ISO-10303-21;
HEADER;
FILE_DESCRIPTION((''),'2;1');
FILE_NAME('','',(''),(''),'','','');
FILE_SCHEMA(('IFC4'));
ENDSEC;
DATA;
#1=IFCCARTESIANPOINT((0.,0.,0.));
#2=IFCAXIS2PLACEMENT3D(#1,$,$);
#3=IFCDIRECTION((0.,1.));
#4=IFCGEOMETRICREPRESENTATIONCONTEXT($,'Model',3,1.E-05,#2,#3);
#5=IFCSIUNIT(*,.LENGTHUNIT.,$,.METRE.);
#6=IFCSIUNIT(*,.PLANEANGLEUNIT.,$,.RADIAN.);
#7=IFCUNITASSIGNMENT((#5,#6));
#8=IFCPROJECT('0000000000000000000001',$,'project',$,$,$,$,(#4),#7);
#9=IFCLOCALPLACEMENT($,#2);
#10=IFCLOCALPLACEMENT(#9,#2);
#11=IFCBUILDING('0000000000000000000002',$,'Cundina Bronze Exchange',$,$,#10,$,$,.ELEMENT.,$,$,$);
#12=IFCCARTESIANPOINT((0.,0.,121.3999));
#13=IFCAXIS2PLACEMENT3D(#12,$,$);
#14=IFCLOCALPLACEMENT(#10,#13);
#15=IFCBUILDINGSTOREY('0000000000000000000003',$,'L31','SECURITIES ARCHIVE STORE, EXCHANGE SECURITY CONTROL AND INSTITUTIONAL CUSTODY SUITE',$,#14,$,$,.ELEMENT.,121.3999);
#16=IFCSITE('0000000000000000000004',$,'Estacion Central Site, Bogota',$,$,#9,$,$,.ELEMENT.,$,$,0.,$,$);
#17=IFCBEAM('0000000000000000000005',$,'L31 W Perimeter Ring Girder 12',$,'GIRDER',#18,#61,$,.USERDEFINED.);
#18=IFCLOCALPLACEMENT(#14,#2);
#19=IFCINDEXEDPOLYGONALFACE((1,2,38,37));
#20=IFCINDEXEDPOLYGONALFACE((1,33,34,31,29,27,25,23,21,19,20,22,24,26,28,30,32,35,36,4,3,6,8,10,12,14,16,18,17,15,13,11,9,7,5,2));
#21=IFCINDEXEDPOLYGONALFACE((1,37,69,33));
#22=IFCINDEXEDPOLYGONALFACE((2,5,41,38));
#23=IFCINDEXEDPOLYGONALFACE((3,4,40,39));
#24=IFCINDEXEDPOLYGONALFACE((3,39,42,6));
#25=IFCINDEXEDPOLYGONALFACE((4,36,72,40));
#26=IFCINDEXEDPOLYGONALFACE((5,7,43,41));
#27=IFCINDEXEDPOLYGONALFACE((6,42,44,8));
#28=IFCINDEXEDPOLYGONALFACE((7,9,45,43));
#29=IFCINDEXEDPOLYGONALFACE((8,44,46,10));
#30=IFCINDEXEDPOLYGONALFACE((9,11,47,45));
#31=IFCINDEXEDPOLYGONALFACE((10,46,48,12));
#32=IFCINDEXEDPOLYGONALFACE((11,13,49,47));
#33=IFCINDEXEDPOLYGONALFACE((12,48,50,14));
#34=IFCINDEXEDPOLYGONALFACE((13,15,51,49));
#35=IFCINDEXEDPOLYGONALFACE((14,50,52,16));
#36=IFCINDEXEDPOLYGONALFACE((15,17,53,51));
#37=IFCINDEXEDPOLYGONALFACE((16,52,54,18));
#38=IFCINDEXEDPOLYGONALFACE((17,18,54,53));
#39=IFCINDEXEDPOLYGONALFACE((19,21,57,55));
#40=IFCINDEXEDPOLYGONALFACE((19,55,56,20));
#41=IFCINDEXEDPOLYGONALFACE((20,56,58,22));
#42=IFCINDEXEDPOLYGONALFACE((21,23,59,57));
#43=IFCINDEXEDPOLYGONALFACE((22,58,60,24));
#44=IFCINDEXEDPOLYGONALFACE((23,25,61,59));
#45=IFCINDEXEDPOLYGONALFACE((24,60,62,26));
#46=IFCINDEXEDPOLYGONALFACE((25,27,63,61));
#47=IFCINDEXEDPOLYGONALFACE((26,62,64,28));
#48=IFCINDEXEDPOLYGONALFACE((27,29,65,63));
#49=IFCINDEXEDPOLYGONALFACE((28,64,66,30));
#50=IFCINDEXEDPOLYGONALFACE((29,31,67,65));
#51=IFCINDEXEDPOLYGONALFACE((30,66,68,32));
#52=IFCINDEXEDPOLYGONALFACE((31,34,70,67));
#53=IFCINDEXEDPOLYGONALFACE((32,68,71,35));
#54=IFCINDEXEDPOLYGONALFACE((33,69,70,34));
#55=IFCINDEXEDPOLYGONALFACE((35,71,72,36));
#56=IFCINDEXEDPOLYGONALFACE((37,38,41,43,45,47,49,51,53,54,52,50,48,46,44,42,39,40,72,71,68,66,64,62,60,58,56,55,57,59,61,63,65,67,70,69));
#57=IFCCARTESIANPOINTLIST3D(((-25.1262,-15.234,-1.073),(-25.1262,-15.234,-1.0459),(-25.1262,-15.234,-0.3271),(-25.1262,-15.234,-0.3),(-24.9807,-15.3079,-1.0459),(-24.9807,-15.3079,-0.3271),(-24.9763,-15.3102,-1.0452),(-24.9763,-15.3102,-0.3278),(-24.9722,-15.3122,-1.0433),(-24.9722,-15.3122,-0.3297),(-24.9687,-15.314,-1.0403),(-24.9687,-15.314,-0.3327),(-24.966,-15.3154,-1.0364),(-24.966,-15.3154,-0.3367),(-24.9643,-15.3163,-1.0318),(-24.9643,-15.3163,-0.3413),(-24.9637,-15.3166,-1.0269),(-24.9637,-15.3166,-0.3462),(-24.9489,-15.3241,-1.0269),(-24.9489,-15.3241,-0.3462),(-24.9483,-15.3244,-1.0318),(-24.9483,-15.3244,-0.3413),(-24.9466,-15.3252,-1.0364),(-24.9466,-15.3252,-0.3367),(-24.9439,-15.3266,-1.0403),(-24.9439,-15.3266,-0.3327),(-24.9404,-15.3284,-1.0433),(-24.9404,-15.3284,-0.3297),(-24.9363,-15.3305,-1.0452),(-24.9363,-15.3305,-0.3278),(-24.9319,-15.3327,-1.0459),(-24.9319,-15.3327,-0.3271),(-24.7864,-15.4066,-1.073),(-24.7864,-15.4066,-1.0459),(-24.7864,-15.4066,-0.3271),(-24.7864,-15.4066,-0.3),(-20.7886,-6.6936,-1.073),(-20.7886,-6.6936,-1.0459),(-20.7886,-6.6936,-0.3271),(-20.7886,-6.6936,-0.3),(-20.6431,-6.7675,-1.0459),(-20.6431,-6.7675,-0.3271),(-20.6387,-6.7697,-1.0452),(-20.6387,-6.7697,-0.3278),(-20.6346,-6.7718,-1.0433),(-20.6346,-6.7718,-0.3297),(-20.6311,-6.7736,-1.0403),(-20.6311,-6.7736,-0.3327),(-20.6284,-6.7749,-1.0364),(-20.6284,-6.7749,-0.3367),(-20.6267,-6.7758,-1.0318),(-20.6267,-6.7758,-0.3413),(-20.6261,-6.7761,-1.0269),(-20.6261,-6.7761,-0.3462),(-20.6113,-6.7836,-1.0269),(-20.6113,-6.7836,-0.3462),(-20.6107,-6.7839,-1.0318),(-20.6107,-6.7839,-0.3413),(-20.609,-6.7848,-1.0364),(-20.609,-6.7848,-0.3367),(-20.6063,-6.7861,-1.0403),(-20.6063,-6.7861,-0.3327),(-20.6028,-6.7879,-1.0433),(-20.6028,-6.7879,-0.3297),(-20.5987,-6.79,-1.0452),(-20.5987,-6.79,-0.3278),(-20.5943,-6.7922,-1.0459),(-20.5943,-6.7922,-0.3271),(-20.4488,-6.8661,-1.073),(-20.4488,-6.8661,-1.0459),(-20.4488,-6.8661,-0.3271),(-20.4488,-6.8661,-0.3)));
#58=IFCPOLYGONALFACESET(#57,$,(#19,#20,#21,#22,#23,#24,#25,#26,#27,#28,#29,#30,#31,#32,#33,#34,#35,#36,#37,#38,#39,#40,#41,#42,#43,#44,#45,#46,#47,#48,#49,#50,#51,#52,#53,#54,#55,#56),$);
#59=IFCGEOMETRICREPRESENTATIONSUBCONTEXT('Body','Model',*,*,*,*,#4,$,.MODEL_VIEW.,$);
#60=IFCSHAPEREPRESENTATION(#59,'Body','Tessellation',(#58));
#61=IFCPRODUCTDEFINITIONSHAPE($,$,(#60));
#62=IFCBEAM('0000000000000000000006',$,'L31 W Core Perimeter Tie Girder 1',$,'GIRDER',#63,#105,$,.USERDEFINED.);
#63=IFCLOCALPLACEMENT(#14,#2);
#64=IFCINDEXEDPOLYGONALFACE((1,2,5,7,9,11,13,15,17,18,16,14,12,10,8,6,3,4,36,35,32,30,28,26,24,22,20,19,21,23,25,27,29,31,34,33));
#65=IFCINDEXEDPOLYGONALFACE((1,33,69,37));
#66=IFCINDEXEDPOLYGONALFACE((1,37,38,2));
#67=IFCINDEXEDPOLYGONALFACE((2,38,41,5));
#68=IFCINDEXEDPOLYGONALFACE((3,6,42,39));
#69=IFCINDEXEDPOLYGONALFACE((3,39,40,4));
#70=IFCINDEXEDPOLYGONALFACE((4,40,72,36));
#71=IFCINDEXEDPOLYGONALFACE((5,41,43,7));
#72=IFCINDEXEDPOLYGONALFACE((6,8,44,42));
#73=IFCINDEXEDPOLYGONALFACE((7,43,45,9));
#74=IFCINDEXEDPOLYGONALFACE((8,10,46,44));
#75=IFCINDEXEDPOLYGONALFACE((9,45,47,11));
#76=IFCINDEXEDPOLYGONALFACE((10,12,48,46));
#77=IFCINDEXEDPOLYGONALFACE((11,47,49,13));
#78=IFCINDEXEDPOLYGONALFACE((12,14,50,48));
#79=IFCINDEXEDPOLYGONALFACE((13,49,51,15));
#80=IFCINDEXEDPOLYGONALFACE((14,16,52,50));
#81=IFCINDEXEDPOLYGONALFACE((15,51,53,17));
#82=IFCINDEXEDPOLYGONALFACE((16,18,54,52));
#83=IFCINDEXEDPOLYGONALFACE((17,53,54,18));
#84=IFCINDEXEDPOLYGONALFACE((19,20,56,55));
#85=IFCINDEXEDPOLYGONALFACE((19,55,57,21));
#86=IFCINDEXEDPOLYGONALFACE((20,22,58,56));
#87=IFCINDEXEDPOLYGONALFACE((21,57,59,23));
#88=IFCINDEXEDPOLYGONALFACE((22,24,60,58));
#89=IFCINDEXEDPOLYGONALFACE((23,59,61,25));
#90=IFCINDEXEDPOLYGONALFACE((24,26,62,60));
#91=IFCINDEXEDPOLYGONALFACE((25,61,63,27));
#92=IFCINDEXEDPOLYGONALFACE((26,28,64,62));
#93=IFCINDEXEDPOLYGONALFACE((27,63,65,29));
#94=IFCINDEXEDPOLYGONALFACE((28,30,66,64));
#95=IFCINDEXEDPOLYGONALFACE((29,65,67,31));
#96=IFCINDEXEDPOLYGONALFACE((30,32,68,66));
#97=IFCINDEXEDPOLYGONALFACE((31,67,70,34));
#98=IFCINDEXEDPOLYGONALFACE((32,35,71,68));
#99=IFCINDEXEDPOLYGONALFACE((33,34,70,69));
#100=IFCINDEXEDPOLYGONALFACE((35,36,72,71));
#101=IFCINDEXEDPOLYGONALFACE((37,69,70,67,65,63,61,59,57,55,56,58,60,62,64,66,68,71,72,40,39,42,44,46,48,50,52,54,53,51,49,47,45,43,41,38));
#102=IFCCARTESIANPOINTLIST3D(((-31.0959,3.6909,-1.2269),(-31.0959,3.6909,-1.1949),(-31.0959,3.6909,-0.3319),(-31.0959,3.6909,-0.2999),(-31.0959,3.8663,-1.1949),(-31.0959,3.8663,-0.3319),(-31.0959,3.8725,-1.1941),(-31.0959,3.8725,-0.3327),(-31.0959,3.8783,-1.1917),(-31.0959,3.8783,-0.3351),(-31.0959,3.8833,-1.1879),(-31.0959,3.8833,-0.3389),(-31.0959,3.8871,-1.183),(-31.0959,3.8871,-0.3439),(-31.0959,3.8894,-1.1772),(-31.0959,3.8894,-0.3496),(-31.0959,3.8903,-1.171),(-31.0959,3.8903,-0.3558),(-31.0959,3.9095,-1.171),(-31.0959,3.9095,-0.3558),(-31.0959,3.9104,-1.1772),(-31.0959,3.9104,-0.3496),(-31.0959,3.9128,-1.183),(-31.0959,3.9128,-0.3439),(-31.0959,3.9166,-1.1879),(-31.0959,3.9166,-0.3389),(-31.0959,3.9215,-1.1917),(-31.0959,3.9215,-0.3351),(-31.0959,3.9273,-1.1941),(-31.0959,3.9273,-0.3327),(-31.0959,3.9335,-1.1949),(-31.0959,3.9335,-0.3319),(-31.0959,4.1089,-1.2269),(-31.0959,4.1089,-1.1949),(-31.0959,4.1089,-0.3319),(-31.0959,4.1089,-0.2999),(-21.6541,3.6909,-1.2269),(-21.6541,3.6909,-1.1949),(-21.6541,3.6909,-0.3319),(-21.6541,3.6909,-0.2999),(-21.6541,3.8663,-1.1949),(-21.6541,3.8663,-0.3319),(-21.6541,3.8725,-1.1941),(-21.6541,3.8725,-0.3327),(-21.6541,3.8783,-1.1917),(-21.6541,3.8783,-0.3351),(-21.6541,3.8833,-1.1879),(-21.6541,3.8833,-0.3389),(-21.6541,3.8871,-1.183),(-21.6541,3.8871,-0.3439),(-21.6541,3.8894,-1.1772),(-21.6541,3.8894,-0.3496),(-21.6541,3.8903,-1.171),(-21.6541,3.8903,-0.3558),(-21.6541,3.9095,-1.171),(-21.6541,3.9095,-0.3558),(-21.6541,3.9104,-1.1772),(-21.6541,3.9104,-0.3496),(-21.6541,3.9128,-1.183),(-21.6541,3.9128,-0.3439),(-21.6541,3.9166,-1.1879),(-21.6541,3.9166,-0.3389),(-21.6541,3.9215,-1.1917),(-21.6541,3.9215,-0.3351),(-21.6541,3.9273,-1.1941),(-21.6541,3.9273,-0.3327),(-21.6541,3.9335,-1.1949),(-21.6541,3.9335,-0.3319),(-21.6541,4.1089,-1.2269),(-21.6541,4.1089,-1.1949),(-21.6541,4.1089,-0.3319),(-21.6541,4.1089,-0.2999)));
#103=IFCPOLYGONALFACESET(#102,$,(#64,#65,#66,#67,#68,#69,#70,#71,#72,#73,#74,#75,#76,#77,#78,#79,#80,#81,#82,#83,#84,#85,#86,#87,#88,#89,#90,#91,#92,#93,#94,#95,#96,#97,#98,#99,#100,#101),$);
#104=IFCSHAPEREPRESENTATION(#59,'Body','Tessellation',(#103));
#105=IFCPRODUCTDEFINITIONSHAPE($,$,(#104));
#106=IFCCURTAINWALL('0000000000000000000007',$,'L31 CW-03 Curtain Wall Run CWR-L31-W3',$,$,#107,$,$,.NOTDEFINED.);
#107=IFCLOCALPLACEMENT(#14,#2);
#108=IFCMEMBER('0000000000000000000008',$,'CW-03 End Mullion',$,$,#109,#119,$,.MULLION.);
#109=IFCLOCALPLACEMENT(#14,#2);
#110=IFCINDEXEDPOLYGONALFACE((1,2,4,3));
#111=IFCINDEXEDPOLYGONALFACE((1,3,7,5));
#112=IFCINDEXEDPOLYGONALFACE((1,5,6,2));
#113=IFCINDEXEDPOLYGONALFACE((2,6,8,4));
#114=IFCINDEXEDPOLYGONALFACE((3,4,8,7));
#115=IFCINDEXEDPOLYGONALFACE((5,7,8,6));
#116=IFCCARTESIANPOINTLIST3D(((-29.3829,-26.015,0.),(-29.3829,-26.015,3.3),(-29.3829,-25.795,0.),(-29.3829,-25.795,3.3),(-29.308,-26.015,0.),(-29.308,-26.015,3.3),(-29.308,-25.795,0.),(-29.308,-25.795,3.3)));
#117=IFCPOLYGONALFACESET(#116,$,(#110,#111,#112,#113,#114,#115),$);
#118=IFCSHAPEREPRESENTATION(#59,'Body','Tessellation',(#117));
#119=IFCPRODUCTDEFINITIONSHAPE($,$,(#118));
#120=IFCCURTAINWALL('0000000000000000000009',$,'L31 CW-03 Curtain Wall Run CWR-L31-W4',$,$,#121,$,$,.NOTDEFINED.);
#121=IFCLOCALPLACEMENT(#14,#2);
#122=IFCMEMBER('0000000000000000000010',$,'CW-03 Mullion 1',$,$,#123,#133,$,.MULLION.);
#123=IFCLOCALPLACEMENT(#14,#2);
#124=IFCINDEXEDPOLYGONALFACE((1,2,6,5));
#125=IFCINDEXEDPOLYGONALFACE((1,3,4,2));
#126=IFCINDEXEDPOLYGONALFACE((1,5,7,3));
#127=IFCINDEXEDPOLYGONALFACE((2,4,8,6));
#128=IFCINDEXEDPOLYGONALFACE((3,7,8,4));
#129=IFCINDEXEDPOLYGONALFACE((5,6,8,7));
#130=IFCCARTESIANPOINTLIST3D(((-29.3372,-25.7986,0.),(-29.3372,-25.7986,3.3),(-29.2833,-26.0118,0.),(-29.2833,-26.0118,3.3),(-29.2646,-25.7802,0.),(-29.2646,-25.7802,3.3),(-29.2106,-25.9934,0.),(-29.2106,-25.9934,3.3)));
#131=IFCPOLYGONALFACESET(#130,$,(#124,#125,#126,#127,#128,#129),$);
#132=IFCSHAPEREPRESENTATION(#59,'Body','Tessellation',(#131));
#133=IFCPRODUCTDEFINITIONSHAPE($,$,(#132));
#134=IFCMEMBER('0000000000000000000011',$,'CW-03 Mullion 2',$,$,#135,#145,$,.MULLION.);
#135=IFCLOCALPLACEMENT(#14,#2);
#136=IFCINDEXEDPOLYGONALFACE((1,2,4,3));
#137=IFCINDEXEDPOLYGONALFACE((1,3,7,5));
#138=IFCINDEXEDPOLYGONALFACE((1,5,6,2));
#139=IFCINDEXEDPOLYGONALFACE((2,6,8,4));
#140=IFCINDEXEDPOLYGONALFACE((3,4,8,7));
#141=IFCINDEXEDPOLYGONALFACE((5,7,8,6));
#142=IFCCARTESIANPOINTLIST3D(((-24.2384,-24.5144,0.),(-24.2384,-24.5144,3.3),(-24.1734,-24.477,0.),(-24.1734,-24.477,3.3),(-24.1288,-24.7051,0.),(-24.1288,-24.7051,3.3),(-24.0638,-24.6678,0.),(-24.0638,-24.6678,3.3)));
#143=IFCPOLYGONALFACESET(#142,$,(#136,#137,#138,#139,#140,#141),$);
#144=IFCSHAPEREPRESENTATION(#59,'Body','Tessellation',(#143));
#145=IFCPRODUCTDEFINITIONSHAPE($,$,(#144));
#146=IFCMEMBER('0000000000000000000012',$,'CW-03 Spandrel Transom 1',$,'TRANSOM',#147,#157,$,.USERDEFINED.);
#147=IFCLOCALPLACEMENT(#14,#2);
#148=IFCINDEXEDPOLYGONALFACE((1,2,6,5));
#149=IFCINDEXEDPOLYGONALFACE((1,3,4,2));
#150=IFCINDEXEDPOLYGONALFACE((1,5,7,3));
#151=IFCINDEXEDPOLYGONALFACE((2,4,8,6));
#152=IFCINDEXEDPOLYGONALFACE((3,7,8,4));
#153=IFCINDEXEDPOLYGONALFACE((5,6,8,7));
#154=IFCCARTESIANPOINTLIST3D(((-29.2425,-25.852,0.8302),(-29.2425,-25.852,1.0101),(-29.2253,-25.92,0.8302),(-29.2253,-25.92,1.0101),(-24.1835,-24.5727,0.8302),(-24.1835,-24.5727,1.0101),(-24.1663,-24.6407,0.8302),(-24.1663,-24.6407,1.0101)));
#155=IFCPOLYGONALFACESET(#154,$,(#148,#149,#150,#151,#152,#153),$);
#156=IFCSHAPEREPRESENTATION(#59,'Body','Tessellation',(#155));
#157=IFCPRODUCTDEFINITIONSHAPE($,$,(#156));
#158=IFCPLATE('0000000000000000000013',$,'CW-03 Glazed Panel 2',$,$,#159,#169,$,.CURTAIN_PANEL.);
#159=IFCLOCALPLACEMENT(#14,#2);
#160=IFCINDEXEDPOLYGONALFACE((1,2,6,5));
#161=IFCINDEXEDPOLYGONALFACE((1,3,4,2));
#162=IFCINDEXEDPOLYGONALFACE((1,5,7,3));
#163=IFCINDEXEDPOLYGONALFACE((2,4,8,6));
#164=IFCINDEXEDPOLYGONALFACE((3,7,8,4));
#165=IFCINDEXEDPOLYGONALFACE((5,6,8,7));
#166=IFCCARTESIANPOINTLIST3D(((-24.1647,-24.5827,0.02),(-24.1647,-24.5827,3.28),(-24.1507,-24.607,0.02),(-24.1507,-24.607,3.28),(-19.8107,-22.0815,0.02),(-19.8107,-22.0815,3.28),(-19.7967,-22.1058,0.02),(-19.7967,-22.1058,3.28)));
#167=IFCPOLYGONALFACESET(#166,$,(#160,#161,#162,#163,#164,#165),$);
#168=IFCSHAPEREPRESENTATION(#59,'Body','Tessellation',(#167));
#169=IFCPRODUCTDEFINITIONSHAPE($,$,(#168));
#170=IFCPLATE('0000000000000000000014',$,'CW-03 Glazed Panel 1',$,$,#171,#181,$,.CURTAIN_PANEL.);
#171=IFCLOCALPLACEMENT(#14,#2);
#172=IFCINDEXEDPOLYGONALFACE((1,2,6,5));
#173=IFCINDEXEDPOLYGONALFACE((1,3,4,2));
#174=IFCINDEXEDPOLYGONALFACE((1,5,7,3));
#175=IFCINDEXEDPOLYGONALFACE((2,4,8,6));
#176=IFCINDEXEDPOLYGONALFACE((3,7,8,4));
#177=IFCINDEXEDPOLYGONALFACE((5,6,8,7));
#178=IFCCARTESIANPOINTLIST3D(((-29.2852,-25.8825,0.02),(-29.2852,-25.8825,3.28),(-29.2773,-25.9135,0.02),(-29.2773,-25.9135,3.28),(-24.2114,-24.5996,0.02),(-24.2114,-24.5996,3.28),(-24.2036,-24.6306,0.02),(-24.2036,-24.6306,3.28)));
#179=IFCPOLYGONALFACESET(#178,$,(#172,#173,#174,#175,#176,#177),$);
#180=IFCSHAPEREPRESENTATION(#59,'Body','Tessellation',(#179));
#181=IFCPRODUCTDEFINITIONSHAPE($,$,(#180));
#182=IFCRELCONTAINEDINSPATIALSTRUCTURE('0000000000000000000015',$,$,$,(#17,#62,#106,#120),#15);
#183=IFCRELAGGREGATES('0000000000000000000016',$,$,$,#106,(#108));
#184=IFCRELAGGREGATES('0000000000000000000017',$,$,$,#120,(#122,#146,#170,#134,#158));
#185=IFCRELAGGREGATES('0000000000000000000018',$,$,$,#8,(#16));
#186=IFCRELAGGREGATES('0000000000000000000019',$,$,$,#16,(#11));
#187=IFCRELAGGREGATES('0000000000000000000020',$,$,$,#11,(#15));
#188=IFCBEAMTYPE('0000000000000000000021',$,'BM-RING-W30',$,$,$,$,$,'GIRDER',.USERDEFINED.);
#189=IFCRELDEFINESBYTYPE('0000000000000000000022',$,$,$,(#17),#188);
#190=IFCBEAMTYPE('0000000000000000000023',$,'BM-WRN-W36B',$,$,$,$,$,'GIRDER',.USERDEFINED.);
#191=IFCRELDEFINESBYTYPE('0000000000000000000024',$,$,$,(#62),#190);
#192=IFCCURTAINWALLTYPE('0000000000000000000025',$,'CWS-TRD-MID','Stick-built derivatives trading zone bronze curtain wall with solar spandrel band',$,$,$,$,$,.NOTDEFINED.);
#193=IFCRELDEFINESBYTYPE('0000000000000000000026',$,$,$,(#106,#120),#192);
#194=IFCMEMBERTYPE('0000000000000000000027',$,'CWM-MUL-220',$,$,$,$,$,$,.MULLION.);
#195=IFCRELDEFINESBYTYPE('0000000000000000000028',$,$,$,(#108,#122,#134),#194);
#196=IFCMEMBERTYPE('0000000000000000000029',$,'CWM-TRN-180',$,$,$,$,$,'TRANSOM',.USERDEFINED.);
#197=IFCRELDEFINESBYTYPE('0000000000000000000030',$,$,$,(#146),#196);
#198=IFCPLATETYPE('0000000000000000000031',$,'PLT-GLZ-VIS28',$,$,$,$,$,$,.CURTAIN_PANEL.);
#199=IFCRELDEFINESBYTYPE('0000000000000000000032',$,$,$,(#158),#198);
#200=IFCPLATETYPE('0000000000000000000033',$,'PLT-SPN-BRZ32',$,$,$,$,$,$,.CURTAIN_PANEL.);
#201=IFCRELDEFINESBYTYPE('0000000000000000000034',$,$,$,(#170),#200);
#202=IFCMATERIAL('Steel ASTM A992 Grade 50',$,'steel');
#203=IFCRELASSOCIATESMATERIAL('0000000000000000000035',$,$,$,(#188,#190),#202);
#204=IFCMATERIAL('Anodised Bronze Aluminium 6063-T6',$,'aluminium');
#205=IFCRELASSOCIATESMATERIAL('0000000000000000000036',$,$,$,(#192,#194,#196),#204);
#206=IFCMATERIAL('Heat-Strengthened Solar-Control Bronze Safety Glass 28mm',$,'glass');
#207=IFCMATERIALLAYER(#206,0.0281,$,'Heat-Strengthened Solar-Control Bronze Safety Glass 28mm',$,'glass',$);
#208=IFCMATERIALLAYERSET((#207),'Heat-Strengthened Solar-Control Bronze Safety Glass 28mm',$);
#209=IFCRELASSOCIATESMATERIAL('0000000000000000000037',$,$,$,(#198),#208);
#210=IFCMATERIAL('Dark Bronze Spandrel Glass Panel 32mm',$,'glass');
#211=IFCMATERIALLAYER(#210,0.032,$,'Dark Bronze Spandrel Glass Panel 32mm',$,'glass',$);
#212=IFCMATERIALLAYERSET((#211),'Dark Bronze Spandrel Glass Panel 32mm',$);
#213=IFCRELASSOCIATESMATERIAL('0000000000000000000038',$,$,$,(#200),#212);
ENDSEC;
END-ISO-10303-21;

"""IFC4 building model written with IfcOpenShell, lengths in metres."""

from ifc_helpers import new_model, si_unit, direction, frame, origin, origin_2d, place, context, subcontext, project, spatial, rectangle, i_section, extrude, material, layer, layer_set, material_profile, profile_set, type_object, element, aggregate, save


model = new_model("IFC4")

# Units and contexts
model_context = context("Model", 3, precision=1e-05, world=origin(), true_north=direction((0.0, 1.0)))
body_context = subcontext(model_context, "Body", "Model", "MODEL_VIEW")
ifc_project = project(units=[si_unit("LENGTHUNIT", "METRE"), si_unit("PLANEANGLEUNIT", "RADIAN")], contexts=[model_context])

# Site, building, storey
site_placement = place(None, origin())
site = spatial("IfcSite", under=ifc_project, at=site_placement, Name="Estacion Central Site, Bogota", CompositionType="ELEMENT", RefElevation=0.0)
building_placement = place(site_placement, origin())
building = spatial("IfcBuilding", under=site, at=building_placement, Name="Cundina Bronze Exchange", CompositionType="ELEMENT")
storey_placement = place(building_placement, frame((0.0, 0.0, 121.3999)))
storey = spatial("IfcBuildingStorey", under=building, at=storey_placement, Name="L31", Description="SECURITIES ARCHIVE STORE, EXCHANGE SECURITY CONTROL AND INSTITUTIONAL CUSTODY SUITE", CompositionType="ELEMENT", Elevation=121.3999)

# Shared definitions
ifc_material_1 = material(Name="Steel ASTM A992 Grade 50", Category="steel")

# Beams
ifc_material_profile_1 = material_profile(ifc_material_1, i_section(OverallWidth=0.3811, OverallDepth=0.7729, WebThickness=0.0166, FlangeThickness=0.0271, FilletRadius=0.019, at=origin_2d()), Name="W30X173", Category="steel")
ifc_profile_set_1 = profile_set([ifc_material_profile_1], Name="Steel ASTM A992 Grade 50")
beam_type_1 = type_object("IfcBeamType", Name="BM-RING-W30", ElementType="GIRDER", PredefinedType="USERDEFINED", material=ifc_profile_set_1)
beam_1_placement = place(storey_placement, frame((-24.9563, -15.3203, -0.6865), z_axis=(0.452832, 0.891596, 0.0), x_axis=(-0.891596, 0.452832, 0.0)))
element("IfcBeam", 1, at=beam_1_placement, inside=storey, type_object=beam_type_1, Name="L31 W Perimeter Ring Girder 12", ObjectType="GIRDER", PredefinedType="USERDEFINED", context=body_context, shape_type="SweptSolid", body=[
    extrude(i_section(OverallWidth=0.3811, OverallDepth=0.7729, WebThickness=0.0166, FlangeThickness=0.0271, FilletRadius=0.019, at=origin_2d()), origin(), (0.0, 0.0, 1.0), 9.5789),
])
ifc_material_profile_2 = material_profile(ifc_material_1, i_section(OverallWidth=0.418, OverallDepth=0.927, WebThickness=0.0193, FlangeThickness=0.032, FilletRadius=0.0239, at=origin_2d()), Name="W36X231", Category="steel")
ifc_profile_set_2 = profile_set([ifc_material_profile_2], Name="Steel ASTM A992 Grade 50")
beam_type_2 = type_object("IfcBeamType", Name="BM-WRN-W36B", ElementType="GIRDER", PredefinedType="USERDEFINED", material=ifc_profile_set_2)
beam_2_placement = place(storey_placement, frame((-31.0959, 3.8999, -0.7634), z_axis=(1.0, 0.0, 0.0), x_axis=(0.0, 1.0, 0.0)))
element("IfcBeam", 2, at=beam_2_placement, inside=storey, type_object=beam_type_2, Name="L31 W Core Perimeter Tie Girder 1", ObjectType="GIRDER", PredefinedType="USERDEFINED", context=body_context, shape_type="SweptSolid", body=[
    extrude(i_section(OverallWidth=0.418, OverallDepth=0.927, WebThickness=0.0193, FlangeThickness=0.032, FilletRadius=0.0239, at=origin_2d()), origin(), (0.0, 0.0, 1.0), 9.4419),
])

# Curtain wall, member
ifc_material_2 = material(Name="Anodised Bronze Aluminium 6063-T6", Category="aluminium")
curtain_wall_type = type_object("IfcCurtainWallType", Name="CWS-TRD-MID", Description="Stick-built derivatives trading zone bronze curtain wall with solar spandrel band", PredefinedType="NOTDEFINED", material=ifc_material_2)
curtain_wall_1_placement = place(storey_placement, origin())
curtain_wall_1 = element("IfcCurtainWall", 3, at=curtain_wall_1_placement, inside=storey, type_object=curtain_wall_type, Name="L31 CW-03 Curtain Wall Run CWR-L31-W3", PredefinedType="NOTDEFINED")
ifc_material_profile_3 = material_profile(ifc_material_2, rectangle(XDim=0.075, YDim=0.22, at=origin_2d()), Name="AL75X220", Category="aluminium")
ifc_profile_set_3 = profile_set([ifc_material_profile_3], Name="Anodised Bronze Aluminium 6063-T6")
member_type_1 = type_object("IfcMemberType", Name="CWM-MUL-220", PredefinedType="MULLION", material=ifc_profile_set_3)
member_1_placement = place(storey_placement, frame((-29.3455, -25.905, 0.0), z_axis=(0.0, 0.0, 1.0), x_axis=(1.0, 0.0, 0.0)))
member_1 = element("IfcMember", 4, at=member_1_placement, type_object=member_type_1, Name="CW-03 End Mullion", PredefinedType="MULLION", context=body_context, shape_type="SweptSolid", body=[
    extrude(rectangle(XDim=0.075, YDim=0.22, at=origin_2d()), origin(), (0.0, 0.0, 1.0), 3.3),
])
aggregate(curtain_wall_1, [member_1])

# Curtain wall, members, plates
curtain_wall_2_placement = place(storey_placement, origin())
curtain_wall_2 = element("IfcCurtainWall", 5, at=curtain_wall_2_placement, inside=storey, type_object=curtain_wall_type, Name="L31 CW-03 Curtain Wall Run CWR-L31-W4", PredefinedType="NOTDEFINED")
member_2_placement = place(storey_placement, frame((-29.2739, -25.896, 0.0), z_axis=(0.0, 0.0, 1.0), x_axis=(0.969488, 0.245138, 0.0)))
member_2 = element("IfcMember", 6, at=member_2_placement, type_object=member_type_1, Name="CW-03 Mullion 1", PredefinedType="MULLION", context=body_context, shape_type="SweptSolid", body=[
    extrude(rectangle(XDim=0.075, YDim=0.22, at=origin_2d()), origin(), (0.0, 0.0, 1.0), 3.3),
])
member_3_placement = place(storey_placement, frame((-24.1511, -24.5911, 0.0), z_axis=(0.0, 0.0, 1.0), x_axis=(0.867071, 0.498185, 0.0)))
member_3 = element("IfcMember", 7, at=member_3_placement, type_object=member_type_1, Name="CW-03 Mullion 2", PredefinedType="MULLION", context=body_context, shape_type="SweptSolid", body=[
    extrude(rectangle(XDim=0.075, YDim=0.22, at=origin_2d()), origin(), (0.0, 0.0, 1.0), 3.3),
])
ifc_material_profile_4 = material_profile(ifc_material_2, rectangle(XDim=0.0701, YDim=0.1799, at=origin_2d()), Name="AL70X180", Category="aluminium")
ifc_profile_set_4 = profile_set([ifc_material_profile_4], Name="Anodised Bronze Aluminium 6063-T6")
member_type_2 = type_object("IfcMemberType", Name="CWM-TRN-180", ElementType="TRANSOM", PredefinedType="USERDEFINED", material=ifc_profile_set_4)
member_4_placement = place(storey_placement, frame((-29.2339, -25.886, 0.9202), z_axis=(0.969484, 0.245155, 0.0), x_axis=(-0.245155, 0.969484, 0.0)))
member_4 = element("IfcMember", 8, at=member_4_placement, type_object=member_type_2, Name="CW-03 Spandrel Transom 1", ObjectType="TRANSOM", PredefinedType="USERDEFINED", context=body_context, shape_type="SweptSolid", body=[
    extrude(rectangle(XDim=0.0701, YDim=0.1799, at=origin_2d()), origin(), (0.0, 0.0, 1.0), 5.2183),
])
ifc_material_3 = material(Name="Heat-Strengthened Solar-Control Bronze Safety Glass 28mm", Category="glass")
ifc_layer_1 = layer(ifc_material_3, 0.0281, Name="Heat-Strengthened Solar-Control Bronze Safety Glass 28mm", Category="glass")
ifc_layer_set_1 = layer_set([ifc_layer_1], Name="Heat-Strengthened Solar-Control Bronze Safety Glass 28mm")
plate_type_1 = type_object("IfcPlateType", Name="PLT-GLZ-VIS28", PredefinedType="CURTAIN_PANEL", material=ifc_layer_set_1)
plate_1_placement = place(storey_placement, frame((-21.9807, -23.3442, 0.02), z_axis=(0.0, 0.0, 1.0), x_axis=(0.867105, 0.498125, 0.0)))
plate_1 = element("IfcPlate", 9, at=plate_1_placement, type_object=plate_type_1, Name="CW-03 Glazed Panel 2", PredefinedType="CURTAIN_PANEL", context=body_context, shape_type="SweptSolid", body=[
    extrude(rectangle(XDim=5.0212, YDim=0.0281, at=origin_2d()), origin(), (0.0, 0.0, 1.0), 3.26),
])
ifc_material_4 = material(Name="Dark Bronze Spandrel Glass Panel 32mm", Category="glass")
ifc_layer_2 = layer(ifc_material_4, 0.032, Name="Dark Bronze Spandrel Glass Panel 32mm", Category="glass")
ifc_layer_set_2 = layer_set([ifc_layer_2], Name="Dark Bronze Spandrel Glass Panel 32mm")
plate_type_2 = type_object("IfcPlateType", Name="PLT-SPN-BRZ32", PredefinedType="CURTAIN_PANEL", material=ifc_layer_set_2)
plate_2_placement = place(storey_placement, frame((-26.7444, -25.2566, 0.02), z_axis=(0.0, 0.0, 1.0), x_axis=(0.969488, 0.245138, 0.0)))
plate_2 = element("IfcPlate", 10, at=plate_2_placement, type_object=plate_type_2, Name="CW-03 Glazed Panel 1", PredefinedType="CURTAIN_PANEL", context=body_context, shape_type="SweptSolid", body=[
    extrude(rectangle(XDim=5.2334, YDim=0.032, at=origin_2d()), origin(), (0.0, 0.0, 1.0), 3.26),
])
aggregate(curtain_wall_2, [member_2, member_4, plate_2, member_3, plate_1])

save(model, "model.ifc")
